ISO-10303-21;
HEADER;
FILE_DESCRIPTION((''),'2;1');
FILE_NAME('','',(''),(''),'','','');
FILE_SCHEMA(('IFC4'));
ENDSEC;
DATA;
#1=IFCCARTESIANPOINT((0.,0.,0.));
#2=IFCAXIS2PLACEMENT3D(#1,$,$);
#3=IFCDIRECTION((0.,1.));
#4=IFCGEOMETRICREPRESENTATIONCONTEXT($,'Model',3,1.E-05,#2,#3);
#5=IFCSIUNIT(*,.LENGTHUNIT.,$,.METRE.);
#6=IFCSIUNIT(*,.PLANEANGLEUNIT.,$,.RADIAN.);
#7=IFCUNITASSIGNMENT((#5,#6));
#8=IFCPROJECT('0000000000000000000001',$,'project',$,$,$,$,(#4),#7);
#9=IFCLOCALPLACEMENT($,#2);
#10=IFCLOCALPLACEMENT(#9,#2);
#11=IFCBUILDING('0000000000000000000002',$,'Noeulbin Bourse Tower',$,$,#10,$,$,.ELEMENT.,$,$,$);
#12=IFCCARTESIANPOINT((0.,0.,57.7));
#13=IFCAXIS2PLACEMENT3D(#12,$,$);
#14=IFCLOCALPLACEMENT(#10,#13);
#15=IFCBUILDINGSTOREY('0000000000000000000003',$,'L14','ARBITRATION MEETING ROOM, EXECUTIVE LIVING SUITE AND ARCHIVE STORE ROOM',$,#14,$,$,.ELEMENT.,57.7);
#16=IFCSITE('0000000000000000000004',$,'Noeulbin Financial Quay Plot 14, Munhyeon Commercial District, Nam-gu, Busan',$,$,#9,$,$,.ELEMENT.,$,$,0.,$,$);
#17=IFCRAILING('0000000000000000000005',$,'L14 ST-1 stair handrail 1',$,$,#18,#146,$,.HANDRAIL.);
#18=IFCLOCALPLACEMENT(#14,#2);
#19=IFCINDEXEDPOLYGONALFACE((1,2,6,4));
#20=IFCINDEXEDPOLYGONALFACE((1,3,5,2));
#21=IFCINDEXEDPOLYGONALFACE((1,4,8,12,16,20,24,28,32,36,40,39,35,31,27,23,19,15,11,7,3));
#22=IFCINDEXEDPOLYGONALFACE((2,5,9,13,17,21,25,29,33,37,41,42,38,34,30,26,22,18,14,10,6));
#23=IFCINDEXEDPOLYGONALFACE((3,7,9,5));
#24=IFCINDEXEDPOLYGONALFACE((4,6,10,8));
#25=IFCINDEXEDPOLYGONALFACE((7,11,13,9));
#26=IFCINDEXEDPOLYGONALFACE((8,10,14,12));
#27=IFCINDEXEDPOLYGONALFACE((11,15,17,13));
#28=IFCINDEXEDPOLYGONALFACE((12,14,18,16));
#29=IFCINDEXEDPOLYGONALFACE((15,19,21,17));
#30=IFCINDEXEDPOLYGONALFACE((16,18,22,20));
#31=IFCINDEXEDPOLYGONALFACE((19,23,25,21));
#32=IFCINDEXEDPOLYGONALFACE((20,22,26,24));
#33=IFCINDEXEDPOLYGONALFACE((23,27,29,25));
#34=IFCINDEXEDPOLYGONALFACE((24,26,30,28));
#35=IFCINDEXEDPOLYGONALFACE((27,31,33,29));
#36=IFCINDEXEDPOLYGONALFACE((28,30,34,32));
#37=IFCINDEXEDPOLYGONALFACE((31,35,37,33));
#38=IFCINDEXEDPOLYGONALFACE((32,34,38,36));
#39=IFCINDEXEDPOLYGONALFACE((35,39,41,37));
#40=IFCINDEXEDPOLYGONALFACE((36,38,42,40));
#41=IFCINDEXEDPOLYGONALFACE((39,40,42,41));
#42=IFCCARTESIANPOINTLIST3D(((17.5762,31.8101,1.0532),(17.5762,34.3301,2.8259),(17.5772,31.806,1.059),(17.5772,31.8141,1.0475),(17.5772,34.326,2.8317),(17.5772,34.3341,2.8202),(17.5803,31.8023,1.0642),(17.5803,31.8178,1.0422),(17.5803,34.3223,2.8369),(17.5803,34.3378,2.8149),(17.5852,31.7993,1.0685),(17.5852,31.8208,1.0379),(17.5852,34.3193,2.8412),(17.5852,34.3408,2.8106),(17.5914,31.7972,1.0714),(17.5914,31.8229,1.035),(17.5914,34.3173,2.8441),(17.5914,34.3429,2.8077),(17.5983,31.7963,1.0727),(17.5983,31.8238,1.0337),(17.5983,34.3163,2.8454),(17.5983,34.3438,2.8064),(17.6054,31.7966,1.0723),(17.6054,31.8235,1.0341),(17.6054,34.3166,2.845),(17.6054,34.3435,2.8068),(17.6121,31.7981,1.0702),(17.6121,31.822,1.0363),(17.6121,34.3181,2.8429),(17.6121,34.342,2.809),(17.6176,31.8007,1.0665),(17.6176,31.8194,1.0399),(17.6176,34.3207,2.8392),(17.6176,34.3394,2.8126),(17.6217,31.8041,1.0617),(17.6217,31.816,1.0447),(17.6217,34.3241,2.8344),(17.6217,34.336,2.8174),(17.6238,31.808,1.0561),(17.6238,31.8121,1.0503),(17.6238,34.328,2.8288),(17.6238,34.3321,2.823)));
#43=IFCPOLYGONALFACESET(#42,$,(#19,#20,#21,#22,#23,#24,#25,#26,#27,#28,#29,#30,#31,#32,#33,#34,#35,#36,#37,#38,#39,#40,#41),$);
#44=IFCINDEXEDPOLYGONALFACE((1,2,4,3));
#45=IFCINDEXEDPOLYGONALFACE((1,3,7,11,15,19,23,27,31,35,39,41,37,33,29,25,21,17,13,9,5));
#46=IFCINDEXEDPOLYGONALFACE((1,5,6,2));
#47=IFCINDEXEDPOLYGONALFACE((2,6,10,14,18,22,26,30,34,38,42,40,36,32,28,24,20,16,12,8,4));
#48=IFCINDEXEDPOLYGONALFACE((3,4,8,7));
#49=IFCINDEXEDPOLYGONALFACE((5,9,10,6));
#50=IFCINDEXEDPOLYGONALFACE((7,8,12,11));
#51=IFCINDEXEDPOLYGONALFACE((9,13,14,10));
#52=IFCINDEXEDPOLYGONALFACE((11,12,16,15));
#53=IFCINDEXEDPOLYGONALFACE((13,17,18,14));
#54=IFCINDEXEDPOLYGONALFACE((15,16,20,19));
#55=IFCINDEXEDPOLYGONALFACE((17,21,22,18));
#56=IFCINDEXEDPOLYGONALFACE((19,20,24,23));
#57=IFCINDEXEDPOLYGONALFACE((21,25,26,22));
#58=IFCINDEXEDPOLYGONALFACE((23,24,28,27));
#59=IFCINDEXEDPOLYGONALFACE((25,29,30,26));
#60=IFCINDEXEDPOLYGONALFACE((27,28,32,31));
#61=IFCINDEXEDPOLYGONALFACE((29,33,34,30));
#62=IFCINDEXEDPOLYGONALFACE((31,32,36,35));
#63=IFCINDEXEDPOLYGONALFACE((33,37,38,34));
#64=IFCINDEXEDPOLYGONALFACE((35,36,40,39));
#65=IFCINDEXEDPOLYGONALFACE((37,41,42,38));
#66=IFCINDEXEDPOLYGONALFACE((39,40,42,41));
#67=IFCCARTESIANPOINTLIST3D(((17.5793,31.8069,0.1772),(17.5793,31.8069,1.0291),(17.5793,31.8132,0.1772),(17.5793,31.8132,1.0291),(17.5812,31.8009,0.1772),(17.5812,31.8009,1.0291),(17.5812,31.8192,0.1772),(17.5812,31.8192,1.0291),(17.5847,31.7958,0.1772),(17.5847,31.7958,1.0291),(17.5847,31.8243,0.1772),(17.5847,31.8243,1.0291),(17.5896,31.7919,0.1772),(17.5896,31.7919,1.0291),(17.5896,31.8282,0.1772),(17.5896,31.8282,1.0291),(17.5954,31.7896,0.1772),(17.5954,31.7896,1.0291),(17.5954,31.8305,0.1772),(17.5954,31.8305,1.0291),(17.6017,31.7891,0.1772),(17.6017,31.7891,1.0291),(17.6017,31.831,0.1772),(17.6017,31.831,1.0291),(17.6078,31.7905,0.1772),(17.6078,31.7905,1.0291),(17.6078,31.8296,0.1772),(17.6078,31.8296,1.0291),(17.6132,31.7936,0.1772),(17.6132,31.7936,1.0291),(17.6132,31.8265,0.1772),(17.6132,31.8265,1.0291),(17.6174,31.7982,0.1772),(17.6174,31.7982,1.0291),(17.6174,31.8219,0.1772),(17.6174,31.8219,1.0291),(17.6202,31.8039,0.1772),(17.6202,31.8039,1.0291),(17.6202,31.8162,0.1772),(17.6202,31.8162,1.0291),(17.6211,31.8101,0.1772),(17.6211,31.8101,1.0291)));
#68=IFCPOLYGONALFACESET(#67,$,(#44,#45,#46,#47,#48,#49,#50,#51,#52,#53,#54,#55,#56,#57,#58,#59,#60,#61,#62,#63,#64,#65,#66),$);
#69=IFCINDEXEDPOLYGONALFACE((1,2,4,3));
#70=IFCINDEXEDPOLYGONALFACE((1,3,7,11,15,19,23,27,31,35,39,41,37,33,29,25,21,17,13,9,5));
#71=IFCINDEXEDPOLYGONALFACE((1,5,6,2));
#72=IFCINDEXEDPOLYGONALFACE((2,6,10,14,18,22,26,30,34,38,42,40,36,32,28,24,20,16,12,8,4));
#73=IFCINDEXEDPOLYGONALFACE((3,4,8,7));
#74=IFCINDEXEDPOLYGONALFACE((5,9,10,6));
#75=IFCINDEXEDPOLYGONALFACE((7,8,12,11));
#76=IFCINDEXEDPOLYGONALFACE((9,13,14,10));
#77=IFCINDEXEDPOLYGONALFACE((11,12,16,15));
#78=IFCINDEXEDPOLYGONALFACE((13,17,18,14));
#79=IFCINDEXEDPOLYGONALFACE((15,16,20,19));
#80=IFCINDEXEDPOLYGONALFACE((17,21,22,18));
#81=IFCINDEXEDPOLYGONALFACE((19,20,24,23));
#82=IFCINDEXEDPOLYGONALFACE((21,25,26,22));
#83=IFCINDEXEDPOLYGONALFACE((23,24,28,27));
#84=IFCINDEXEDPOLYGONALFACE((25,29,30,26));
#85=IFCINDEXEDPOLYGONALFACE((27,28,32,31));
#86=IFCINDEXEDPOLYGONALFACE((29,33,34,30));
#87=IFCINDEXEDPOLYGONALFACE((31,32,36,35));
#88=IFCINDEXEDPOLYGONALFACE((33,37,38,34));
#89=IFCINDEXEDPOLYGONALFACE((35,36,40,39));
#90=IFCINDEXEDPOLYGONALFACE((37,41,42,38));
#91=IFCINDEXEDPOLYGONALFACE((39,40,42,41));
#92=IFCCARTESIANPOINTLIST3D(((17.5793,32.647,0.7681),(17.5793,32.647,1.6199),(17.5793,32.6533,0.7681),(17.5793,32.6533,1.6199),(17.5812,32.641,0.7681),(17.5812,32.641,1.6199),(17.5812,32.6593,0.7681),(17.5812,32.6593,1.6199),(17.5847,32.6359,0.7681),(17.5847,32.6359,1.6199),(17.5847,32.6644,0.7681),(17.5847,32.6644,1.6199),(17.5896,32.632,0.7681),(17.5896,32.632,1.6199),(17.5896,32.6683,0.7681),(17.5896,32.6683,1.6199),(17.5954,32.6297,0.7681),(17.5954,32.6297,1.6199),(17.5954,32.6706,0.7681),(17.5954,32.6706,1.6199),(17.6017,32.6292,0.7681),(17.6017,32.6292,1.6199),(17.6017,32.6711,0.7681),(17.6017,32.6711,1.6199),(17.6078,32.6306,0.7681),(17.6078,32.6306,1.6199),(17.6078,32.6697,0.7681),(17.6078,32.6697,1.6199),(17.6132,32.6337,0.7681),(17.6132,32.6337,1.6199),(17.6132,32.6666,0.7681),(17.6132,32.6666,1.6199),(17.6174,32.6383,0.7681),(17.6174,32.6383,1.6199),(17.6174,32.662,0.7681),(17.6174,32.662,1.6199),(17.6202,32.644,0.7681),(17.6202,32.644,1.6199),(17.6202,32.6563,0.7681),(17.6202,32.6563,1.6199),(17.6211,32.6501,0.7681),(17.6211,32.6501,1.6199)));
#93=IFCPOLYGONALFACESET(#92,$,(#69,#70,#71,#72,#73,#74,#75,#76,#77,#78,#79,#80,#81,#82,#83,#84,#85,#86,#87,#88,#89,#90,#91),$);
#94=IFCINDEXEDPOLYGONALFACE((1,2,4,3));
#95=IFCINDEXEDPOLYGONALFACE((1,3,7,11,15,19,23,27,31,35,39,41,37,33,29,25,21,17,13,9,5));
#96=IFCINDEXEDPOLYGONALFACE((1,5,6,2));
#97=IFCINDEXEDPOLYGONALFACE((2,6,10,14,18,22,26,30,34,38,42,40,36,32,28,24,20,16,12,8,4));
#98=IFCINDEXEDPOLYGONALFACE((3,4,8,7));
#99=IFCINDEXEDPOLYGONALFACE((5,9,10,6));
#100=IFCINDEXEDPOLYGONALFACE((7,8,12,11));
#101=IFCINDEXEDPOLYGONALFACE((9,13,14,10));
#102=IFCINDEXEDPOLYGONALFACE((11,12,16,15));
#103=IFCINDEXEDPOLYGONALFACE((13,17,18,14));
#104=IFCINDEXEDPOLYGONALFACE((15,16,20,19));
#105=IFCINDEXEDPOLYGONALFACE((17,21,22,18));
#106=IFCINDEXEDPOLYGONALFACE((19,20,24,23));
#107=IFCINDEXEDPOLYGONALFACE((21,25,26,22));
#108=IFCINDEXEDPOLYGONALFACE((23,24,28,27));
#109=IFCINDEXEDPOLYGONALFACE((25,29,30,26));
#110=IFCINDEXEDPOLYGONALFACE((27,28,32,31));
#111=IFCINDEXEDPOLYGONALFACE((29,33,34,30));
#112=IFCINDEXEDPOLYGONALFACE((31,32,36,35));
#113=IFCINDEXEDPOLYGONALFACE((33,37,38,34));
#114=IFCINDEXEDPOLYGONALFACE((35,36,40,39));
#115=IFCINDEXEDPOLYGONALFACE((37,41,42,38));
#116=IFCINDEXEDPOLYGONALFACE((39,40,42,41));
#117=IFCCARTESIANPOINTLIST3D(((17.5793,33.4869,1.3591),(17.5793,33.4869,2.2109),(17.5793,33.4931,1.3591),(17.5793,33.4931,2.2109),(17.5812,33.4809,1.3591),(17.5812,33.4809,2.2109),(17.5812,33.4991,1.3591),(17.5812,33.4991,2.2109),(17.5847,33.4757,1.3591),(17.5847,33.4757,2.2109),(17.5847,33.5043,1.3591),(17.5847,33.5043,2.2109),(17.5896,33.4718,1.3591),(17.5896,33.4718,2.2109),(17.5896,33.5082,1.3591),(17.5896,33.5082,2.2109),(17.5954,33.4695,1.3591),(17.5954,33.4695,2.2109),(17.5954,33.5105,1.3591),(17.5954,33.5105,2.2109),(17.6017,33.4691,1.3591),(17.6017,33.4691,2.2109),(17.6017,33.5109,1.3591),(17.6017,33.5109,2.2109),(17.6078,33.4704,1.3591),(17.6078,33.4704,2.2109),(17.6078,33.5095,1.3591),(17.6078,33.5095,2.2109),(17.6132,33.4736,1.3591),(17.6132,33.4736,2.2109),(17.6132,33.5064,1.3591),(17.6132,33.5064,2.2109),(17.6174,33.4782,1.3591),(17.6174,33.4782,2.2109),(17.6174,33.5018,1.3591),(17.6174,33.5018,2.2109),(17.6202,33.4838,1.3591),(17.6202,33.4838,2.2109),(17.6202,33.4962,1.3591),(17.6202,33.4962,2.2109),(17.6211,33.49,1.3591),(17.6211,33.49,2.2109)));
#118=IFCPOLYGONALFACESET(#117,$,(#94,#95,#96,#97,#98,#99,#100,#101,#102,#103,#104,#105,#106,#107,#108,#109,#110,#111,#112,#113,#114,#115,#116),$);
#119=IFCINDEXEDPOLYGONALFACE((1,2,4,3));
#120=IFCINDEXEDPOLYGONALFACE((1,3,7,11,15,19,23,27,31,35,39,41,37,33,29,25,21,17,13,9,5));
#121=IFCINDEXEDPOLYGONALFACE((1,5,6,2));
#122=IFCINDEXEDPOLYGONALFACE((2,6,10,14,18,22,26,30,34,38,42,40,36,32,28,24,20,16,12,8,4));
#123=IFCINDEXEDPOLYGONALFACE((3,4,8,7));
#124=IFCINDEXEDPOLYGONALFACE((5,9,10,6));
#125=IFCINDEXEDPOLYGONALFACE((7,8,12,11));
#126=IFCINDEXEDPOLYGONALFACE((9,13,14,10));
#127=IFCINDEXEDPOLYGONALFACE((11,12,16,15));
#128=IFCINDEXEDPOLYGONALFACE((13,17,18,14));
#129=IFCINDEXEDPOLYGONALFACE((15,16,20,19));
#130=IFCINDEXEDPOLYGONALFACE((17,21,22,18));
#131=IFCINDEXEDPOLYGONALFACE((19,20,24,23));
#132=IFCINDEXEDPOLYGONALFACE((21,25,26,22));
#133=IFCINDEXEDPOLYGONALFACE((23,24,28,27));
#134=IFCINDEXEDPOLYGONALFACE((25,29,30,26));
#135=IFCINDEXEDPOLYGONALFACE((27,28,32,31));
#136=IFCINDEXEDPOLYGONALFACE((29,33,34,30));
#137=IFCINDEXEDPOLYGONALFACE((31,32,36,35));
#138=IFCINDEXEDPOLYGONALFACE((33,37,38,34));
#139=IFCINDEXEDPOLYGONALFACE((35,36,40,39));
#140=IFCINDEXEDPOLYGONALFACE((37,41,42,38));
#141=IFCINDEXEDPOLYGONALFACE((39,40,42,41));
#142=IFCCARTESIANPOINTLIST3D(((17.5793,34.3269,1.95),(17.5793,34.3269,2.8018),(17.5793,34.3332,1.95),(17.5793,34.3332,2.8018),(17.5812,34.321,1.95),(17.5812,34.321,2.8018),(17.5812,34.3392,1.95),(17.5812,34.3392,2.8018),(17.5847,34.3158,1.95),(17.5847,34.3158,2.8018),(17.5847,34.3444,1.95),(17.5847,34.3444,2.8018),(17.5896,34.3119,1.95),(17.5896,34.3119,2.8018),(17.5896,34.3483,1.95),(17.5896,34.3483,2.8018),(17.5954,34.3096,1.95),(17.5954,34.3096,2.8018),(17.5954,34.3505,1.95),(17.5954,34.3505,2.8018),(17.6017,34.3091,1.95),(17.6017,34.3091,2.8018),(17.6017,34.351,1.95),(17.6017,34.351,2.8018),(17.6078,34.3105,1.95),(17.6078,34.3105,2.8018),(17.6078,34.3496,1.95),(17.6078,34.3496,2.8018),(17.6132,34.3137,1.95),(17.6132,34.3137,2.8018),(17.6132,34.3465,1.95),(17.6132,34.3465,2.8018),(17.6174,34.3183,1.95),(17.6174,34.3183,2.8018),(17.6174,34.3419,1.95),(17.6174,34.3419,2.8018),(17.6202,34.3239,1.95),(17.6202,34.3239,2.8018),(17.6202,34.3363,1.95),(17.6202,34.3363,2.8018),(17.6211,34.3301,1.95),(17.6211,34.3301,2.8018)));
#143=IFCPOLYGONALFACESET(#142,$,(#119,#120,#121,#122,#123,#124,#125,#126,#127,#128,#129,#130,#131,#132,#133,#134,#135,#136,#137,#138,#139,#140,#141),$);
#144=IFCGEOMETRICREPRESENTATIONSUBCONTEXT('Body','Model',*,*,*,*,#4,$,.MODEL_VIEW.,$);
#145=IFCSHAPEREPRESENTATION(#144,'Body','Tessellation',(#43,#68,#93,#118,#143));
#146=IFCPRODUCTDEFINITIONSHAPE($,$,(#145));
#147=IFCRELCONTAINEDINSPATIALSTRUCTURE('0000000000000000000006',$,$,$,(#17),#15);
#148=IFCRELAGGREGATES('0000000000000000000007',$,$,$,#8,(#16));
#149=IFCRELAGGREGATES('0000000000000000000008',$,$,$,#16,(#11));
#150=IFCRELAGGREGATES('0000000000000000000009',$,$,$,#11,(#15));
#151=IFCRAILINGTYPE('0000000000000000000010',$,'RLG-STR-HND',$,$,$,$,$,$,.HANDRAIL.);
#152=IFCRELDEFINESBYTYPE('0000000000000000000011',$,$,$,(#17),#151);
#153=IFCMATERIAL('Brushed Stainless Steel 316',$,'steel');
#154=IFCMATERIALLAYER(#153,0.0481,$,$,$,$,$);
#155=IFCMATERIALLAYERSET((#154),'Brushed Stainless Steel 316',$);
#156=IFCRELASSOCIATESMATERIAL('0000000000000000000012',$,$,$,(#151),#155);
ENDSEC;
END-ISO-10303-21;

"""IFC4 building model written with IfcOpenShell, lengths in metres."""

from ifc_helpers import new_model, si_unit, direction, frame, origin, origin_2d, place, context, subcontext, project, spatial, circle, extrude, material, layer, layer_set, type_object, element, save


model = new_model("IFC4")

# Units and contexts
model_context = context("Model", 3, precision=1e-05, world=origin(), true_north=direction((0.0, 1.0)))
body_context = subcontext(model_context, "Body", "Model", "MODEL_VIEW")
ifc_project = project(units=[si_unit("LENGTHUNIT", "METRE"), si_unit("PLANEANGLEUNIT", "RADIAN")], contexts=[model_context])

# Site, building, storey
site_placement = place(None, origin())
site = spatial("IfcSite", under=ifc_project, at=site_placement, Name="Noeulbin Financial Quay Plot 14, Munhyeon Commercial District, Nam-gu, Busan", CompositionType="ELEMENT", RefElevation=0.0)
building_placement = place(site_placement, origin())
building = spatial("IfcBuilding", under=site, at=building_placement, Name="Noeulbin Bourse Tower", CompositionType="ELEMENT")
storey_placement = place(building_placement, frame((0.0, 0.0, 57.7)))
storey = spatial("IfcBuildingStorey", under=building, at=storey_placement, Name="L14", Description="ARBITRATION MEETING ROOM, EXECUTIVE LIVING SUITE AND ARCHIVE STORE ROOM", CompositionType="ELEMENT", Elevation=57.7)

# Shared definitions
ifc_material_1 = material(Name="Brushed Stainless Steel 316", Category="steel")

# Railing
ifc_layer_1 = layer(ifc_material_1, 0.0481)
ifc_layer_set_1 = layer_set([ifc_layer_1], Name="Brushed Stainless Steel 316")
railing_type_1 = type_object("IfcRailingType", Name="RLG-STR-HND", PredefinedType="HANDRAIL", material=ifc_layer_set_1)
railing_1_placement = place(storey_placement, frame((17.6001, 31.8101, 0.1772)))
element("IfcRailing", 1, at=railing_1_placement, inside=storey, type_object=railing_type_1, Name="L14 ST-1 stair handrail 1", PredefinedType="HANDRAIL", context=body_context, shape_type="SweptSolid", body=[
    extrude(circle(Radius=0.0239, at=origin_2d()), frame((0.0, 0.0, 0.876), z_axis=(0.0, 0.817904, 0.575354), x_axis=(-1.0, 0.0, 0.0)), (0.0, 0.0, 1.0), 3.0811),
    extrude(circle(Radius=0.021, at=origin_2d()), origin(), (0.0, 0.0, 1.0), 0.8518),
    extrude(circle(Radius=0.021, at=origin_2d()), frame((0.0, 0.8401, 0.5908)), (0.0, 0.0, 1.0), 0.8518),
    extrude(circle(Radius=0.021, at=origin_2d()), frame((0.0, 1.6799, 1.1819)), (0.0, 0.0, 1.0), 0.8518),
    extrude(circle(Radius=0.021, at=origin_2d()), frame((0.0, 2.52, 1.7727)), (0.0, 0.0, 1.0), 0.8518),
])

save(model, "model.ifc")
